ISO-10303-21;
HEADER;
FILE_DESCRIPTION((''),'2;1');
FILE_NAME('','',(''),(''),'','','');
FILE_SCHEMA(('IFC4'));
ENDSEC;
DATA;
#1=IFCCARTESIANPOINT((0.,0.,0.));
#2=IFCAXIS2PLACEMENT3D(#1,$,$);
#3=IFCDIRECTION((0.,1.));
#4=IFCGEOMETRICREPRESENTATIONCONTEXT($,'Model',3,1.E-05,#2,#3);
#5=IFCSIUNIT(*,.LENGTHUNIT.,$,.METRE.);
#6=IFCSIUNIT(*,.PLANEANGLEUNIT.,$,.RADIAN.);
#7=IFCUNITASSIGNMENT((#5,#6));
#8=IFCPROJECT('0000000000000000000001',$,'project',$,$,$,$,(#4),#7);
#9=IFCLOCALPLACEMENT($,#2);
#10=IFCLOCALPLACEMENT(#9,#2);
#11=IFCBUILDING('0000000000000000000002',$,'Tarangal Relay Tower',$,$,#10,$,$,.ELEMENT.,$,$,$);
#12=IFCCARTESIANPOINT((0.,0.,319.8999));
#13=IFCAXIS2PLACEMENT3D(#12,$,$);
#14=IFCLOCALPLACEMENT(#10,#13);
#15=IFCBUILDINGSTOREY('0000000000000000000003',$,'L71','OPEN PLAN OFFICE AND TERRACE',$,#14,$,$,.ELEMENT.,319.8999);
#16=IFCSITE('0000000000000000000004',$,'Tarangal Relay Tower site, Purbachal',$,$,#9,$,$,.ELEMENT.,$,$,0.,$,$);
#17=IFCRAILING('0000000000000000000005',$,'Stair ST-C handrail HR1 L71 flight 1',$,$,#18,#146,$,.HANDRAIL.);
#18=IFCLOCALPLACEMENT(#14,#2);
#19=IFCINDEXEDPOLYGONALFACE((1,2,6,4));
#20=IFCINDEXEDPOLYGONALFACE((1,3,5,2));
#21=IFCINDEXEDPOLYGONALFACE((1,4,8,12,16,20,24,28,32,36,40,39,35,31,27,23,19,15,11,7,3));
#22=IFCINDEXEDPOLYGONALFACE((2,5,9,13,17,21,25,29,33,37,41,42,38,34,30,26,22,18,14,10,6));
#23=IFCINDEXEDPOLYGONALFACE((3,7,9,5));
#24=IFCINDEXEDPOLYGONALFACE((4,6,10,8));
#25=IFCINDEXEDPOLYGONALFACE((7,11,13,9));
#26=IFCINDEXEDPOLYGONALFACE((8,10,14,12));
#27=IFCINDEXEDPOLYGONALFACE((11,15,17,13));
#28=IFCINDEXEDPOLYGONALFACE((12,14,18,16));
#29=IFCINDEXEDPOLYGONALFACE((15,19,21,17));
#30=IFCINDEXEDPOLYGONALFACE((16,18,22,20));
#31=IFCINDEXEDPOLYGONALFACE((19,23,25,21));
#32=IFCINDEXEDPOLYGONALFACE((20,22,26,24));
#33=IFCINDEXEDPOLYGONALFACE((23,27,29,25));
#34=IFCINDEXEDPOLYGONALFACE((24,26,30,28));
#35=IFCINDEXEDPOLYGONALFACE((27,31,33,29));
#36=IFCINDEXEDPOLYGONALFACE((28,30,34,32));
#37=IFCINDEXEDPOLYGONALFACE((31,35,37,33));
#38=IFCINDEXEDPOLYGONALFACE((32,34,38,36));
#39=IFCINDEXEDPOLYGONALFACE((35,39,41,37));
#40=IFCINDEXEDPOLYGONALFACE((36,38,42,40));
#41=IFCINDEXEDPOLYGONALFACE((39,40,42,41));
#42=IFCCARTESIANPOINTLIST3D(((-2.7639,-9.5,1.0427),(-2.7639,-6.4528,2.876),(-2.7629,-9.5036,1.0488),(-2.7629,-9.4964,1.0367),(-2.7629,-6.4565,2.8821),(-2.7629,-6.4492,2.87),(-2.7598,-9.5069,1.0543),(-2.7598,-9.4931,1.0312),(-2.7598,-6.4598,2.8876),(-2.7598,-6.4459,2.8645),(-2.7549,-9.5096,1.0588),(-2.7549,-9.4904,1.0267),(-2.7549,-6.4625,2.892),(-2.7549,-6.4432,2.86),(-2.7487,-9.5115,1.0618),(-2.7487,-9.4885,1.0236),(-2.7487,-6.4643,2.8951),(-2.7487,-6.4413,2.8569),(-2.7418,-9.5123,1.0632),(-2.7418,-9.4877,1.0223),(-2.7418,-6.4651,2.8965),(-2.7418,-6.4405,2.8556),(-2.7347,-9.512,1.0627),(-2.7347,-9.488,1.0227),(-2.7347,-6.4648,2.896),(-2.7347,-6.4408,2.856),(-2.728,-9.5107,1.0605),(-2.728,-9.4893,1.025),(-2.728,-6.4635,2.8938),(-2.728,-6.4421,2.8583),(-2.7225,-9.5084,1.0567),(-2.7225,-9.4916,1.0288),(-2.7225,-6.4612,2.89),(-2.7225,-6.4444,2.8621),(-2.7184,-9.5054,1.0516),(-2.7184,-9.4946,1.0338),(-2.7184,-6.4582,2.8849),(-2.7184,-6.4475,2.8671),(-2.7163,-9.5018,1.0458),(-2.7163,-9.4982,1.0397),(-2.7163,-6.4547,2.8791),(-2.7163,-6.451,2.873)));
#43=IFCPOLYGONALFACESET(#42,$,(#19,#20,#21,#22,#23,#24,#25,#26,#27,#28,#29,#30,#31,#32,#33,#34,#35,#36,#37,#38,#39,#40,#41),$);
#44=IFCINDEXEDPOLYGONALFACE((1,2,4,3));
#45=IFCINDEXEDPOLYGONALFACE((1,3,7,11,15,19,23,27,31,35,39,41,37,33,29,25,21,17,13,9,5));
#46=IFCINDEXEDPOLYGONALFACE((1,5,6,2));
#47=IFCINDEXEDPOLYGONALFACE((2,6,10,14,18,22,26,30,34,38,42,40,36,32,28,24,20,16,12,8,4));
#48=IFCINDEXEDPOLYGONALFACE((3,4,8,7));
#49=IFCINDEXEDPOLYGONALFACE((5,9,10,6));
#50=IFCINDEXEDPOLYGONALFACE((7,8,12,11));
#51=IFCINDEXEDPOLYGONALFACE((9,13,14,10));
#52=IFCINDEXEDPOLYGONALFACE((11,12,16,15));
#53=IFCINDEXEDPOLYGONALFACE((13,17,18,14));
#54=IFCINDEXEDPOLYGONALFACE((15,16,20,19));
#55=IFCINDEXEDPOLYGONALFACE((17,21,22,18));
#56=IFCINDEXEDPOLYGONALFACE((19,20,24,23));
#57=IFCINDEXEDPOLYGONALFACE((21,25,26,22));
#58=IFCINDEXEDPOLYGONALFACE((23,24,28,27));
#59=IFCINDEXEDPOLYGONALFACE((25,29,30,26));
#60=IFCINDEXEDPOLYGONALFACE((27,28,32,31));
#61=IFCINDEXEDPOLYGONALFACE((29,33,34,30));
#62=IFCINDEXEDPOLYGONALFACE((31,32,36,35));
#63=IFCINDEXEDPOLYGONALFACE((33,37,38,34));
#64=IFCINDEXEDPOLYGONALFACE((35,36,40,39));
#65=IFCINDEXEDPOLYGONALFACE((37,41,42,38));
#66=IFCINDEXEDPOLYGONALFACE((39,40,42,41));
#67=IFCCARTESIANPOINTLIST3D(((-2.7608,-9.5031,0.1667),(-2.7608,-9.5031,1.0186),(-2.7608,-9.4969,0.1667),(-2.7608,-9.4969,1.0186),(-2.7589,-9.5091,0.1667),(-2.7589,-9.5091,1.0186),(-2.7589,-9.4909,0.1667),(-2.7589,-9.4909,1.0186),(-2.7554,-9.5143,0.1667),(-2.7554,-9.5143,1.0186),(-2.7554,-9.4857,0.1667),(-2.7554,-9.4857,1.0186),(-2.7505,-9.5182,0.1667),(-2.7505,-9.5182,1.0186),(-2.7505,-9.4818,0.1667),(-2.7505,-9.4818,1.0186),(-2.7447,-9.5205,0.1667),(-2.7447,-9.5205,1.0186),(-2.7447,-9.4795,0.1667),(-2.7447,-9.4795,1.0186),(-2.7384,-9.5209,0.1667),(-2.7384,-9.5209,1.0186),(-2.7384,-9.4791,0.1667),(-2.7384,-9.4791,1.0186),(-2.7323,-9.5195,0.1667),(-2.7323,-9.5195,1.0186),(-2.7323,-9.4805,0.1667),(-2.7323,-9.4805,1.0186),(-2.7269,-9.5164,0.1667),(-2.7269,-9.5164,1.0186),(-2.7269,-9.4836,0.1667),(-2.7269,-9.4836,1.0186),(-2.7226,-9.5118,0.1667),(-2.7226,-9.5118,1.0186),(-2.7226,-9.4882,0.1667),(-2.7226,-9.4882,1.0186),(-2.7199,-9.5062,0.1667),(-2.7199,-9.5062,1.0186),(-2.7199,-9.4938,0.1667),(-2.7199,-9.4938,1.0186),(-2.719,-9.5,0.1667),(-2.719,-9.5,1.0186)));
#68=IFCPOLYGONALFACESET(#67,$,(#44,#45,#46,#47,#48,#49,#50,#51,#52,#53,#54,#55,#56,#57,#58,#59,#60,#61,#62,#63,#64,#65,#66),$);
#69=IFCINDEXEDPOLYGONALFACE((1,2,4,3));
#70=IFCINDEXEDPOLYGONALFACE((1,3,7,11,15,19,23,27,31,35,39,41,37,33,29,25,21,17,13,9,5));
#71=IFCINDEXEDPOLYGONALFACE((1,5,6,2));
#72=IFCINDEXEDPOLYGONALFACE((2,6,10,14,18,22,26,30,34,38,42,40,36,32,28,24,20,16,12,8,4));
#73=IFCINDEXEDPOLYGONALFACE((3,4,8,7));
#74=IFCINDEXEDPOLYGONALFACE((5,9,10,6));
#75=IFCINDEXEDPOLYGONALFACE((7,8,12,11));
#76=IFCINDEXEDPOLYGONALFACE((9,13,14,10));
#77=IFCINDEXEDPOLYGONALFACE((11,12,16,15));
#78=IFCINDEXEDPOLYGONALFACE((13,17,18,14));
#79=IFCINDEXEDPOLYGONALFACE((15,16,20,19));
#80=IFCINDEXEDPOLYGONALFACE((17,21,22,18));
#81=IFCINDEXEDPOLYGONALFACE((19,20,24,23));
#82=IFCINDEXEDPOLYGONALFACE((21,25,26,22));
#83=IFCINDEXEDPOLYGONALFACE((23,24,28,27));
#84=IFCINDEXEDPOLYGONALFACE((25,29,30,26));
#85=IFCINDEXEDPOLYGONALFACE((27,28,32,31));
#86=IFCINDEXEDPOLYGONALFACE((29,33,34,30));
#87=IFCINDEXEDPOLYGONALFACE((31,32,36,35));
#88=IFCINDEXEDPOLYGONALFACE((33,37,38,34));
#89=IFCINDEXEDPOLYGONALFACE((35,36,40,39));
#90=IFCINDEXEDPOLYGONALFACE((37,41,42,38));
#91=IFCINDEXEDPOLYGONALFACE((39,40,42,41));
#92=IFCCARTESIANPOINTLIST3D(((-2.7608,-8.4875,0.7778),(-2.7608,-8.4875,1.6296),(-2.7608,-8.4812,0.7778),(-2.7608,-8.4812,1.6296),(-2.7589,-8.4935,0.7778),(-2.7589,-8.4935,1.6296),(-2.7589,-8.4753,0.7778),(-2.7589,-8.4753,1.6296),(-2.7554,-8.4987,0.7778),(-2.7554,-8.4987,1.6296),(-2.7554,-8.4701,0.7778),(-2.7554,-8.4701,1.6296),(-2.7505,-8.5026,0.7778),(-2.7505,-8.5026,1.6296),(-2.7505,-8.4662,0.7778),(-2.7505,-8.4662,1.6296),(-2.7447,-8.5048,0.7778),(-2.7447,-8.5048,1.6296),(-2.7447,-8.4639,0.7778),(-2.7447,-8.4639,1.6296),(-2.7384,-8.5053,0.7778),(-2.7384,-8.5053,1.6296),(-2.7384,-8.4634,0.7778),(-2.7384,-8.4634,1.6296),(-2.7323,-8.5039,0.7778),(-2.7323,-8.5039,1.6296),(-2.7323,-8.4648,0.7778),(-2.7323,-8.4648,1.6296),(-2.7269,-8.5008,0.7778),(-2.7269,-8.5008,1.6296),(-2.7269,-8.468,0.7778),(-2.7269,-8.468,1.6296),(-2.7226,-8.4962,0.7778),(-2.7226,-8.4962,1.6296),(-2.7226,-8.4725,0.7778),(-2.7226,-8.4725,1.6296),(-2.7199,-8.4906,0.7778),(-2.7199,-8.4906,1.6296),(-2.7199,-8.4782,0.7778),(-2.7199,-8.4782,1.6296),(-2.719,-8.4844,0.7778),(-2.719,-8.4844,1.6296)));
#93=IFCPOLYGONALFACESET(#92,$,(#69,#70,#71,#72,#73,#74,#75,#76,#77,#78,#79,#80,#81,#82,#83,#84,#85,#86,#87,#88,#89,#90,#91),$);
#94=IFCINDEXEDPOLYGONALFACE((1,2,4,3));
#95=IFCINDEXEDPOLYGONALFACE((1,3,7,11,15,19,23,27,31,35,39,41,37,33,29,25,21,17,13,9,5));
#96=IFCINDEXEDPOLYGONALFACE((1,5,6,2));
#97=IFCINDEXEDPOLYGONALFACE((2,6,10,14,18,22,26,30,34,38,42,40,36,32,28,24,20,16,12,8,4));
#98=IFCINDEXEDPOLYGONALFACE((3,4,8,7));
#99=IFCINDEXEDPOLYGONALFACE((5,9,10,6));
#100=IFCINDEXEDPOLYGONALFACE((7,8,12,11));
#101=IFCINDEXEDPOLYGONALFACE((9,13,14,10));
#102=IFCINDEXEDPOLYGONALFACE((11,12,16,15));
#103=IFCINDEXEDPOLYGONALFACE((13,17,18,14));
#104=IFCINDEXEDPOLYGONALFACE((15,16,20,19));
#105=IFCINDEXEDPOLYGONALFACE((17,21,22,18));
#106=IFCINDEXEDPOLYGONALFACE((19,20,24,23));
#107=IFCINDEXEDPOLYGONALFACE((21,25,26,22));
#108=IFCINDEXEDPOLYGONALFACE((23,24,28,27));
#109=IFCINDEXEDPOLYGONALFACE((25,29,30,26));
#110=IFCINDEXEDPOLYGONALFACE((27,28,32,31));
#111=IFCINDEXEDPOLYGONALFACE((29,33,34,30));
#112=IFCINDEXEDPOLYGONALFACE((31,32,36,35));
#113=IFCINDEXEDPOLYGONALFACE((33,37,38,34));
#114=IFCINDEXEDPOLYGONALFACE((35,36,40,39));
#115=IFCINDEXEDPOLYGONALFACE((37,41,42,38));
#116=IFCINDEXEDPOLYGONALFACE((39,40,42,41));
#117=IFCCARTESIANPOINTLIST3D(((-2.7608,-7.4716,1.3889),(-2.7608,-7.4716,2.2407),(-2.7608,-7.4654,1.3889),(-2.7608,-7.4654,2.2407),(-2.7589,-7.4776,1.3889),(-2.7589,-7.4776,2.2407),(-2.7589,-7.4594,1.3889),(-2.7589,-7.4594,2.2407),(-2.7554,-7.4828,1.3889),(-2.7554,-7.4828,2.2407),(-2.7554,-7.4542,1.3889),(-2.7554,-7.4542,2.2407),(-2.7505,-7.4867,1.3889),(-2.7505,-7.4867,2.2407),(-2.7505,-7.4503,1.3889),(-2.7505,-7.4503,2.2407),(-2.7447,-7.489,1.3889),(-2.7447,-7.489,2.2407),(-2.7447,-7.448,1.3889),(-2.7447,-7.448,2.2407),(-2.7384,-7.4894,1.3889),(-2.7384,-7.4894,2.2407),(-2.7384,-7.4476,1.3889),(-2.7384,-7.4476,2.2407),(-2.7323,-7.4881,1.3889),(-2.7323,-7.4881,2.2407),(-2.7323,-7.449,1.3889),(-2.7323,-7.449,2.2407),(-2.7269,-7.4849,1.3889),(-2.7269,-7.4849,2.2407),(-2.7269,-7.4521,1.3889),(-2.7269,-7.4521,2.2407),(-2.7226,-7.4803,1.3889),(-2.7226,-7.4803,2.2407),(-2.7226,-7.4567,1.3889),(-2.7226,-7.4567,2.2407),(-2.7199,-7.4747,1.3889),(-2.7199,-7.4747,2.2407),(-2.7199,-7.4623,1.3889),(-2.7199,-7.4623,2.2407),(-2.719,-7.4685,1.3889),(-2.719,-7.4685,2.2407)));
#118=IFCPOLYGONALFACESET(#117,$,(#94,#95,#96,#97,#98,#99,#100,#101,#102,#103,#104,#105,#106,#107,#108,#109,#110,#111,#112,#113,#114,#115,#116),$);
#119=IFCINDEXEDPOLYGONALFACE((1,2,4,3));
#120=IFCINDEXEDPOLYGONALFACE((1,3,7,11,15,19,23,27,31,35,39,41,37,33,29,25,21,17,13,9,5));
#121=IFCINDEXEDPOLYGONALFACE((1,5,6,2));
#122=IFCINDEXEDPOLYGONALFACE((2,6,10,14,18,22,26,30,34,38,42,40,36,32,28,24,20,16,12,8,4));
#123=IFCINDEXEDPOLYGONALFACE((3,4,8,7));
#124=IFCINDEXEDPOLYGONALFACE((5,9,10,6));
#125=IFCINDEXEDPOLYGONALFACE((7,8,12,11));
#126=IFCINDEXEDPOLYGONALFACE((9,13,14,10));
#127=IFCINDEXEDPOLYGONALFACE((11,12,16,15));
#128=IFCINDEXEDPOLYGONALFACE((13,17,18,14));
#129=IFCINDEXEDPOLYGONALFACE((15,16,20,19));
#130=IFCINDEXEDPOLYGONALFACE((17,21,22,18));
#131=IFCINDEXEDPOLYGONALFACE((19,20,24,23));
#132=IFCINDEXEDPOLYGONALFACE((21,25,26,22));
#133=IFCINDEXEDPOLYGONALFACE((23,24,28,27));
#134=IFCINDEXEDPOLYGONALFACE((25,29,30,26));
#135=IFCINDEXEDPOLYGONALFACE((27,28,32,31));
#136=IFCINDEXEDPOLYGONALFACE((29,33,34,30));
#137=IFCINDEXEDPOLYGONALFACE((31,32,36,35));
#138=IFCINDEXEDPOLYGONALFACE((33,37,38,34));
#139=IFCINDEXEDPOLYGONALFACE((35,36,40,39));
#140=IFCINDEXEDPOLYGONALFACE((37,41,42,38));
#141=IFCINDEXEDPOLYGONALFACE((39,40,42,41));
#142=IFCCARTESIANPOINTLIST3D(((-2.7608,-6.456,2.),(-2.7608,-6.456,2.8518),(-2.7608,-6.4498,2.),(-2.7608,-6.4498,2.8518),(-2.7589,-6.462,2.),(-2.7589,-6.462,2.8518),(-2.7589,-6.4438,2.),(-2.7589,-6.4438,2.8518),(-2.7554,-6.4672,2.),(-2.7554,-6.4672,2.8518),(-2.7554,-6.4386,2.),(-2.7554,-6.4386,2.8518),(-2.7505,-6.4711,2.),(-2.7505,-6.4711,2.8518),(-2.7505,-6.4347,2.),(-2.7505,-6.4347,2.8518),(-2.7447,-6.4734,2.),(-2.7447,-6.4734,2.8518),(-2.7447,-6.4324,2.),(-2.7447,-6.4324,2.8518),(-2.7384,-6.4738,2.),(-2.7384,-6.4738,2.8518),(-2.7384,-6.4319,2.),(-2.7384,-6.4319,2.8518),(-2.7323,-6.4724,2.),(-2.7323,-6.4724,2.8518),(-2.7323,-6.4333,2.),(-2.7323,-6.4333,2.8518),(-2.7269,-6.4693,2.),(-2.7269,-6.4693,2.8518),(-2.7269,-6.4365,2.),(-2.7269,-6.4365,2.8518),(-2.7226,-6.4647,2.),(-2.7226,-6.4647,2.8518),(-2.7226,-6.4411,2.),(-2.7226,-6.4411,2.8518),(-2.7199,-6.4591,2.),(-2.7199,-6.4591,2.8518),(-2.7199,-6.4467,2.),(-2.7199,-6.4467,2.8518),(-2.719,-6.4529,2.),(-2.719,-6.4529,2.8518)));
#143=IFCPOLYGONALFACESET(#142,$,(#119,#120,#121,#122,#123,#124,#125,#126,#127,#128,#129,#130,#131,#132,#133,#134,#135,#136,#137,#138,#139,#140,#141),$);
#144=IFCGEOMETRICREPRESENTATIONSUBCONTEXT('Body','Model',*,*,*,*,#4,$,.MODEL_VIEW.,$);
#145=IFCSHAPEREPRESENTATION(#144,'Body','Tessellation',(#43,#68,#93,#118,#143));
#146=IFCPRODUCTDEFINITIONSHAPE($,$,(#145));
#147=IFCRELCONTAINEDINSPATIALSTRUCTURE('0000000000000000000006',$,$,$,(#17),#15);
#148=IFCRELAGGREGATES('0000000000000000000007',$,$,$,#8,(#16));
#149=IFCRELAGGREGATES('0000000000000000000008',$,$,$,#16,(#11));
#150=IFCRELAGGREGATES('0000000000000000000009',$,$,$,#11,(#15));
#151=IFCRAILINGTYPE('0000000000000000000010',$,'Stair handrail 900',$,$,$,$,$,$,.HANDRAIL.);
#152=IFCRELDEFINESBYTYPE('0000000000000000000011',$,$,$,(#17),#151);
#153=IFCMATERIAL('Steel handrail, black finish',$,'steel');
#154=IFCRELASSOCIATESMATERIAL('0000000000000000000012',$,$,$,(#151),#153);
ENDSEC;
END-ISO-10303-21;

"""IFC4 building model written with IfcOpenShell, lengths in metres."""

from ifc_helpers import new_model, si_unit, direction, frame, origin, origin_2d, place, context, subcontext, project, spatial, circle, extrude, material, type_object, element, save


model = new_model("IFC4")

# Units and contexts
model_context = context("Model", 3, precision=1e-05, world=origin(), true_north=direction((0.0, 1.0)))
body_context = subcontext(model_context, "Body", "Model", "MODEL_VIEW")
ifc_project = project(units=[si_unit("LENGTHUNIT", "METRE"), si_unit("PLANEANGLEUNIT", "RADIAN")], contexts=[model_context])

# Site, building, storey
site_placement = place(None, origin())
site = spatial("IfcSite", under=ifc_project, at=site_placement, Name="Tarangal Relay Tower site, Purbachal", CompositionType="ELEMENT", RefElevation=0.0)
building_placement = place(site_placement, origin())
building = spatial("IfcBuilding", under=site, at=building_placement, Name="Tarangal Relay Tower", CompositionType="ELEMENT")
storey_placement = place(building_placement, frame((0.0, 0.0, 319.8999)))
storey = spatial("IfcBuildingStorey", under=building, at=storey_placement, Name="L71", Description="OPEN PLAN OFFICE AND TERRACE", CompositionType="ELEMENT", Elevation=319.8999)

# Railing
ifc_material_1 = material(Name="Steel handrail, black finish", Category="steel")
railing_type_1 = type_object("IfcRailingType", Name="Stair handrail 900", PredefinedType="HANDRAIL", material=ifc_material_1)
railing_1_placement = place(storey_placement, frame((-2.74, -9.5, 0.1667)))
element("IfcRailing", 1, at=railing_1_placement, inside=storey, type_object=railing_type_1, Name="Stair ST-C handrail HR1 L71 flight 1", PredefinedType="HANDRAIL", context=body_context, shape_type="SweptSolid", body=[
    extrude(circle(Radius=0.0239, at=origin_2d()), frame((0.0, 0.0, 0.876), z_axis=(0.0, 0.856874, 0.515525), x_axis=(-1.0, 0.0, 0.0)), (0.0, 0.0, 1.0), 3.5562),
    extrude(circle(Radius=0.021, at=origin_2d()), origin(), (0.0, 0.0, 1.0), 0.8518),
    extrude(circle(Radius=0.021, at=origin_2d()), frame((0.0, 1.0156, 0.6111)), (0.0, 0.0, 1.0), 0.8518),
    extrude(circle(Radius=0.021, at=origin_2d()), frame((0.0, 2.0315, 1.2222)), (0.0, 0.0, 1.0), 0.8518),
    extrude(circle(Radius=0.021, at=origin_2d()), frame((0.0, 3.0471, 1.8333)), (0.0, 0.0, 1.0), 0.8518),
])

save(model, "model.ifc")
